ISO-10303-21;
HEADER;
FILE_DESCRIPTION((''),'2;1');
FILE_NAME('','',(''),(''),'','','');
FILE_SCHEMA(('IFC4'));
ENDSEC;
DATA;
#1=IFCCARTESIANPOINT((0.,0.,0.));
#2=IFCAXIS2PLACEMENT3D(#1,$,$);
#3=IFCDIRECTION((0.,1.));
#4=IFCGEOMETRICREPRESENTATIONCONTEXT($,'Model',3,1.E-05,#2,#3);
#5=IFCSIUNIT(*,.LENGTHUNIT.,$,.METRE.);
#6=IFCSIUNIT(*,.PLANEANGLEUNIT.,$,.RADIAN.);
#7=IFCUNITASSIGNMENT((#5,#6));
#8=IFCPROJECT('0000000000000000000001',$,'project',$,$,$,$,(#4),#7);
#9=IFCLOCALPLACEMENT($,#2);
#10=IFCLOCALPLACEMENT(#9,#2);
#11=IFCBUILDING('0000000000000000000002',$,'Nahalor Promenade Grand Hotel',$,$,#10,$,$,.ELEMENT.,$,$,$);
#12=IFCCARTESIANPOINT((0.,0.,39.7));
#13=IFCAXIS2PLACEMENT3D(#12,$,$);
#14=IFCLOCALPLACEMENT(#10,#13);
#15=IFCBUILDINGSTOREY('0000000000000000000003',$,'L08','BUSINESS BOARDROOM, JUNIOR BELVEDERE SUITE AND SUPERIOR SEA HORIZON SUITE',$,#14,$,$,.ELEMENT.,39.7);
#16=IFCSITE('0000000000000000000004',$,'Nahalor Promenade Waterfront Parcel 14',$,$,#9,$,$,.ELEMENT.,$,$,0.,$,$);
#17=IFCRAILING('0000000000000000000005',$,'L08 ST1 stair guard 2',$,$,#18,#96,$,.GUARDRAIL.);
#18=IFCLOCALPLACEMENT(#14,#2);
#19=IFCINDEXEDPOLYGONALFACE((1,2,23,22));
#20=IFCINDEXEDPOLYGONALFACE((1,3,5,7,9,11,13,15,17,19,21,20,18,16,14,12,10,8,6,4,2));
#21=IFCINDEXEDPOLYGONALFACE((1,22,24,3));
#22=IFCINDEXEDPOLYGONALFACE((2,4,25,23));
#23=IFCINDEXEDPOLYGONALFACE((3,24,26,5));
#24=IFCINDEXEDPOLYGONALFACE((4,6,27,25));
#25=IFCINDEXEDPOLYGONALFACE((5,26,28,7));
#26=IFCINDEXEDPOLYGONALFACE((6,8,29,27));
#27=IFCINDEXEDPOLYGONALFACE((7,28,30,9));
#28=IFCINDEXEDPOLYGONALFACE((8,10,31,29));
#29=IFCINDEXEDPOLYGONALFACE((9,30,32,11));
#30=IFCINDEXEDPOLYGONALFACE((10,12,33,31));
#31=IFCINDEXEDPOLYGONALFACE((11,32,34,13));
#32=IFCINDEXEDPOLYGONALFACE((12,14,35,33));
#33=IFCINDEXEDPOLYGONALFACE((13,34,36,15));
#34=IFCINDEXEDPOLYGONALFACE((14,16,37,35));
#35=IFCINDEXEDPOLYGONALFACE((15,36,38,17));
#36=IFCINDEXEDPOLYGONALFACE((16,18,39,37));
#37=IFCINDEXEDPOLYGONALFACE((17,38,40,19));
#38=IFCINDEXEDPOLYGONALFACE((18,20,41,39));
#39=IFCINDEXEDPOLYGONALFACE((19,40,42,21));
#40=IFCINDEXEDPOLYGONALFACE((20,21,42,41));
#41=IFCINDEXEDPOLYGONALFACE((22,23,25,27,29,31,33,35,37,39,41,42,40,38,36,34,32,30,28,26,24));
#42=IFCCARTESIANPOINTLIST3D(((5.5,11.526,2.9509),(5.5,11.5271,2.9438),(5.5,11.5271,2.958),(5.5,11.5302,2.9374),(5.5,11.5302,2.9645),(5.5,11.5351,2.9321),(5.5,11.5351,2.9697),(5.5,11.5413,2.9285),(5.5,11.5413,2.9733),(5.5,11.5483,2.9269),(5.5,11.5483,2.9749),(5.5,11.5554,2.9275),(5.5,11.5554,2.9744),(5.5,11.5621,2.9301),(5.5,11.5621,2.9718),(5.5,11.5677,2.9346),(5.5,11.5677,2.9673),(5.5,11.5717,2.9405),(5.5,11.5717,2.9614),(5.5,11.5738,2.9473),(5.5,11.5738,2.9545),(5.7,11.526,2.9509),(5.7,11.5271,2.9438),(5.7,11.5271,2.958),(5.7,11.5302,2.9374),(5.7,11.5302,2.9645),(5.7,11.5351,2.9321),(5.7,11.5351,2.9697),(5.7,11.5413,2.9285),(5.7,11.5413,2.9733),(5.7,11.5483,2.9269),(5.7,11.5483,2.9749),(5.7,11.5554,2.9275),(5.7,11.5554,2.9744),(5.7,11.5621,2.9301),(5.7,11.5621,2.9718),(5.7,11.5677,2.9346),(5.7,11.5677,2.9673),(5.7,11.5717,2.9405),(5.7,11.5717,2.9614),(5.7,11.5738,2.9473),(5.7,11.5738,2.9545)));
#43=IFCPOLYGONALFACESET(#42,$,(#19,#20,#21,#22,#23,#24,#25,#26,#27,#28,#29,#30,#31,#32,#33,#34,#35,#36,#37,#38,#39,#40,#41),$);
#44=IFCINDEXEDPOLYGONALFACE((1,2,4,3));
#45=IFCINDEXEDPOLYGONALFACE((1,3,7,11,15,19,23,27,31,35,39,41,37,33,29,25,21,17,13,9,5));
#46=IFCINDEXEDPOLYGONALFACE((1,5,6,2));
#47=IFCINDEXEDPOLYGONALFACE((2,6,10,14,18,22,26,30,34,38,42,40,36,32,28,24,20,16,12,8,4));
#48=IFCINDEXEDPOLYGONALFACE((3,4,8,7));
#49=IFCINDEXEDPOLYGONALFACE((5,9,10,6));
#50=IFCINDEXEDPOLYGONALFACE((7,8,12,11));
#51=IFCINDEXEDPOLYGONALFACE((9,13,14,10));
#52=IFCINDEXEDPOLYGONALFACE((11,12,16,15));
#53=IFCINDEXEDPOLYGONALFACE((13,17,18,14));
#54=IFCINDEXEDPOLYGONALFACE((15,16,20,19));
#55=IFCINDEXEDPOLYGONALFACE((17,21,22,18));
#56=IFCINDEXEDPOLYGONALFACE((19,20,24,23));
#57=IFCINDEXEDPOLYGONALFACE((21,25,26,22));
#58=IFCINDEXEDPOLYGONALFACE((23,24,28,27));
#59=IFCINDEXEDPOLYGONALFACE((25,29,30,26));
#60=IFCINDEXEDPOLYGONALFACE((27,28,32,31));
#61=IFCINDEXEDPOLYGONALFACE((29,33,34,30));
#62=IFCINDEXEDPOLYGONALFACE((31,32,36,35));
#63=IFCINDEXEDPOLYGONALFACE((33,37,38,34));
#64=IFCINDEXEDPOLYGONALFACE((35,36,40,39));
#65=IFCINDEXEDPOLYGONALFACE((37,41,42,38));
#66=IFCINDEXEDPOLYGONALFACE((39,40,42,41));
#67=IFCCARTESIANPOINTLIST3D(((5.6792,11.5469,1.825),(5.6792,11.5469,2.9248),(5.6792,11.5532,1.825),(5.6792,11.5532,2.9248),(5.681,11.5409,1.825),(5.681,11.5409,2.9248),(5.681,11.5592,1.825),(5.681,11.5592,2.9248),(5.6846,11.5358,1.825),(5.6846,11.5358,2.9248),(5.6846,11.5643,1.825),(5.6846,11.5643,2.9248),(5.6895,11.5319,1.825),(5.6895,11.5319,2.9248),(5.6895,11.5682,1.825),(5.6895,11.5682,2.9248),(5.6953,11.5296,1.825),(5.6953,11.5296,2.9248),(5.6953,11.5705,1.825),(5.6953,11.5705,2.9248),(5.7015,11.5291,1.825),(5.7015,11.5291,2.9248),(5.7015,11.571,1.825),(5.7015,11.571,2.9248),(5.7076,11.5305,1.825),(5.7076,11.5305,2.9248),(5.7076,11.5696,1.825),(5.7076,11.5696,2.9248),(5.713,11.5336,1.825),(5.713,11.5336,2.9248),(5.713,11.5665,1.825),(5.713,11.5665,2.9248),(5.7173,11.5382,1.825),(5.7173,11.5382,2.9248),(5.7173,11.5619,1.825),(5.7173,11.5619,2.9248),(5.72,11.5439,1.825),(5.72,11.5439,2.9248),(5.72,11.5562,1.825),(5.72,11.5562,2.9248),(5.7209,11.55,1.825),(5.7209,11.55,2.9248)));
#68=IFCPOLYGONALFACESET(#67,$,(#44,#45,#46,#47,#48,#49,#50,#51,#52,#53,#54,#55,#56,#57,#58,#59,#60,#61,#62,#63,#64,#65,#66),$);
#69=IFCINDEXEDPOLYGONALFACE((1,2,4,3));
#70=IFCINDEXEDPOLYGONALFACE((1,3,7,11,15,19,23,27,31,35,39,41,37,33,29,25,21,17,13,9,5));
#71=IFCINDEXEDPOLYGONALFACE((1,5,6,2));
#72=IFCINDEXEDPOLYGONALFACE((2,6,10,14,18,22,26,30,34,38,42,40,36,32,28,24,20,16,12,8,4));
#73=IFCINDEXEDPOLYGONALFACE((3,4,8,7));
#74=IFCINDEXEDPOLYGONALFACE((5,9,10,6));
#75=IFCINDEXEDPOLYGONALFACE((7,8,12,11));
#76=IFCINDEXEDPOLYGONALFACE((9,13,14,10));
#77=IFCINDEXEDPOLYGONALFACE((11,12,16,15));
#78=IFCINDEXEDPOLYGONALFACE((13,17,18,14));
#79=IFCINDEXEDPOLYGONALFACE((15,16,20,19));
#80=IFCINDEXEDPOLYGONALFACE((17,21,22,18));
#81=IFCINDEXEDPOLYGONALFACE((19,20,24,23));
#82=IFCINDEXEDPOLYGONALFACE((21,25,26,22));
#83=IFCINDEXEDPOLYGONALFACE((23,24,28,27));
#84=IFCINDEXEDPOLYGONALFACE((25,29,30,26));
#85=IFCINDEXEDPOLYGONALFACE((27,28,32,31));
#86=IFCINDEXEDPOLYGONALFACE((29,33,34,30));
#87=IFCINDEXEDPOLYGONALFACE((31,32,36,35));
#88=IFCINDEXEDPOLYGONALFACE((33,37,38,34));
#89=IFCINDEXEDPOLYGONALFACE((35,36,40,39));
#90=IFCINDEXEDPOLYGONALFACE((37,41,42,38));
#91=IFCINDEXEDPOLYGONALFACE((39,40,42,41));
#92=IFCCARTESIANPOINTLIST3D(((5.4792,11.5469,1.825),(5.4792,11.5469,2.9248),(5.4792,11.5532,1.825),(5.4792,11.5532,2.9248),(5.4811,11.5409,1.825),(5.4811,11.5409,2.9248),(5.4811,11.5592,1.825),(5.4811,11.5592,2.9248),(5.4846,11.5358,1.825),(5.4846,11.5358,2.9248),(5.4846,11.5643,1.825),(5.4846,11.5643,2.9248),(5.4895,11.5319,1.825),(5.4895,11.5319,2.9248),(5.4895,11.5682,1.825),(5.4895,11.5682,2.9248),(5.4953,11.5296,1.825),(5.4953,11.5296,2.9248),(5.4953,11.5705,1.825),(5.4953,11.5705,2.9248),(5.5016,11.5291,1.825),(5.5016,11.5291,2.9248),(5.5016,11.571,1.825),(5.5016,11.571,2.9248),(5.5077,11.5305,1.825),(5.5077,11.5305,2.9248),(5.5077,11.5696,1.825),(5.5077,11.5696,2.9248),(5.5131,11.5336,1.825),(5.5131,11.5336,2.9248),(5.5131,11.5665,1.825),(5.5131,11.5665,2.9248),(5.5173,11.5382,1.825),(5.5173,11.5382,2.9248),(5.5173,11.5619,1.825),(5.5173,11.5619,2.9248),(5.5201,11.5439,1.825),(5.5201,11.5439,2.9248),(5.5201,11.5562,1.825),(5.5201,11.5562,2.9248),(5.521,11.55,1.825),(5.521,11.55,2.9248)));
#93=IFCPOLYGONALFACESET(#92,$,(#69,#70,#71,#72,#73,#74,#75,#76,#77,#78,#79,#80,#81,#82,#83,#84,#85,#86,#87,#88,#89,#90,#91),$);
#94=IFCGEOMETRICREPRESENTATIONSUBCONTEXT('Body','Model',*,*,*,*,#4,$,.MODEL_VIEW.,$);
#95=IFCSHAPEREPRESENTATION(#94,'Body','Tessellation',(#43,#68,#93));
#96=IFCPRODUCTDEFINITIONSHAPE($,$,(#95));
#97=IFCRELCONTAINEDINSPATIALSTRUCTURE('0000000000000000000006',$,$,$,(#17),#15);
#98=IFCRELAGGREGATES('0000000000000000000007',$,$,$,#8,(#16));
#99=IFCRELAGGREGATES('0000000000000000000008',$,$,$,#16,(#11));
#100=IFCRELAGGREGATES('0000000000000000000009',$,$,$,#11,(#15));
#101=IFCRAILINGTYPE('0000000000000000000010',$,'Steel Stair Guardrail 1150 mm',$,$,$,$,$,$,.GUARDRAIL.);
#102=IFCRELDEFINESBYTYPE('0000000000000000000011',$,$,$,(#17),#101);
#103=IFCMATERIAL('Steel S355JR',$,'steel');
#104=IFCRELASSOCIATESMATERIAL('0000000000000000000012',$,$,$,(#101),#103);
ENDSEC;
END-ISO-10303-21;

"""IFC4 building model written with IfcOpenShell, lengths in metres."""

from ifc_helpers import new_model, si_unit, direction, frame, origin, origin_2d, place, context, subcontext, project, spatial, circle, extrude, material, type_object, element, save


model = new_model("IFC4")

# Units and contexts
model_context = context("Model", 3, precision=1e-05, world=origin(), true_north=direction((0.0, 1.0)))
body_context = subcontext(model_context, "Body", "Model", "MODEL_VIEW")
ifc_project = project(units=[si_unit("LENGTHUNIT", "METRE"), si_unit("PLANEANGLEUNIT", "RADIAN")], contexts=[model_context])

# Site, building, storey
site_placement = place(None, origin())
site = spatial("IfcSite", under=ifc_project, at=site_placement, Name="Nahalor Promenade Waterfront Parcel 14", CompositionType="ELEMENT", RefElevation=0.0)
building_placement = place(site_placement, origin())
building = spatial("IfcBuilding", under=site, at=building_placement, Name="Nahalor Promenade Grand Hotel", CompositionType="ELEMENT")
storey_placement = place(building_placement, frame((0.0, 0.0, 39.7)))
storey = spatial("IfcBuildingStorey", under=building, at=storey_placement, Name="L08", Description="BUSINESS BOARDROOM, JUNIOR BELVEDERE SUITE AND SUPERIOR SEA HORIZON SUITE", CompositionType="ELEMENT", Elevation=39.7)

# Shared definitions
ifc_material_1 = material(Name="Steel S355JR", Category="steel")

# Railing
railing_type_1 = type_object("IfcRailingType", Name="Steel Stair Guardrail 1150 mm", PredefinedType="GUARDRAIL", material=ifc_material_1)
railing_1_placement = place(storey_placement, frame((5.7, 11.55, 1.825)))
element("IfcRailing", 1, at=railing_1_placement, inside=storey, type_object=railing_type_1, Name="L08 ST1 stair guard 2", PredefinedType="GUARDRAIL", context=body_context, shape_type="SweptSolid", body=[
    extrude(circle(Radius=0.024, at=origin_2d()), frame((0.0, 0.0, 1.126), z_axis=(-1.0, 0.0, 0.0), x_axis=(0.0, -1.0, 0.0)), (0.0, 0.0, 1.0), 0.2),
    extrude(circle(Radius=0.021, at=origin_2d()), origin(), (0.0, 0.0, 1.0), 1.0999),
    extrude(circle(Radius=0.021, at=origin_2d()), frame((-0.2, 0.0, 0.0)), (0.0, 0.0, 1.0), 1.0999),
])

save(model, "model.ifc")
